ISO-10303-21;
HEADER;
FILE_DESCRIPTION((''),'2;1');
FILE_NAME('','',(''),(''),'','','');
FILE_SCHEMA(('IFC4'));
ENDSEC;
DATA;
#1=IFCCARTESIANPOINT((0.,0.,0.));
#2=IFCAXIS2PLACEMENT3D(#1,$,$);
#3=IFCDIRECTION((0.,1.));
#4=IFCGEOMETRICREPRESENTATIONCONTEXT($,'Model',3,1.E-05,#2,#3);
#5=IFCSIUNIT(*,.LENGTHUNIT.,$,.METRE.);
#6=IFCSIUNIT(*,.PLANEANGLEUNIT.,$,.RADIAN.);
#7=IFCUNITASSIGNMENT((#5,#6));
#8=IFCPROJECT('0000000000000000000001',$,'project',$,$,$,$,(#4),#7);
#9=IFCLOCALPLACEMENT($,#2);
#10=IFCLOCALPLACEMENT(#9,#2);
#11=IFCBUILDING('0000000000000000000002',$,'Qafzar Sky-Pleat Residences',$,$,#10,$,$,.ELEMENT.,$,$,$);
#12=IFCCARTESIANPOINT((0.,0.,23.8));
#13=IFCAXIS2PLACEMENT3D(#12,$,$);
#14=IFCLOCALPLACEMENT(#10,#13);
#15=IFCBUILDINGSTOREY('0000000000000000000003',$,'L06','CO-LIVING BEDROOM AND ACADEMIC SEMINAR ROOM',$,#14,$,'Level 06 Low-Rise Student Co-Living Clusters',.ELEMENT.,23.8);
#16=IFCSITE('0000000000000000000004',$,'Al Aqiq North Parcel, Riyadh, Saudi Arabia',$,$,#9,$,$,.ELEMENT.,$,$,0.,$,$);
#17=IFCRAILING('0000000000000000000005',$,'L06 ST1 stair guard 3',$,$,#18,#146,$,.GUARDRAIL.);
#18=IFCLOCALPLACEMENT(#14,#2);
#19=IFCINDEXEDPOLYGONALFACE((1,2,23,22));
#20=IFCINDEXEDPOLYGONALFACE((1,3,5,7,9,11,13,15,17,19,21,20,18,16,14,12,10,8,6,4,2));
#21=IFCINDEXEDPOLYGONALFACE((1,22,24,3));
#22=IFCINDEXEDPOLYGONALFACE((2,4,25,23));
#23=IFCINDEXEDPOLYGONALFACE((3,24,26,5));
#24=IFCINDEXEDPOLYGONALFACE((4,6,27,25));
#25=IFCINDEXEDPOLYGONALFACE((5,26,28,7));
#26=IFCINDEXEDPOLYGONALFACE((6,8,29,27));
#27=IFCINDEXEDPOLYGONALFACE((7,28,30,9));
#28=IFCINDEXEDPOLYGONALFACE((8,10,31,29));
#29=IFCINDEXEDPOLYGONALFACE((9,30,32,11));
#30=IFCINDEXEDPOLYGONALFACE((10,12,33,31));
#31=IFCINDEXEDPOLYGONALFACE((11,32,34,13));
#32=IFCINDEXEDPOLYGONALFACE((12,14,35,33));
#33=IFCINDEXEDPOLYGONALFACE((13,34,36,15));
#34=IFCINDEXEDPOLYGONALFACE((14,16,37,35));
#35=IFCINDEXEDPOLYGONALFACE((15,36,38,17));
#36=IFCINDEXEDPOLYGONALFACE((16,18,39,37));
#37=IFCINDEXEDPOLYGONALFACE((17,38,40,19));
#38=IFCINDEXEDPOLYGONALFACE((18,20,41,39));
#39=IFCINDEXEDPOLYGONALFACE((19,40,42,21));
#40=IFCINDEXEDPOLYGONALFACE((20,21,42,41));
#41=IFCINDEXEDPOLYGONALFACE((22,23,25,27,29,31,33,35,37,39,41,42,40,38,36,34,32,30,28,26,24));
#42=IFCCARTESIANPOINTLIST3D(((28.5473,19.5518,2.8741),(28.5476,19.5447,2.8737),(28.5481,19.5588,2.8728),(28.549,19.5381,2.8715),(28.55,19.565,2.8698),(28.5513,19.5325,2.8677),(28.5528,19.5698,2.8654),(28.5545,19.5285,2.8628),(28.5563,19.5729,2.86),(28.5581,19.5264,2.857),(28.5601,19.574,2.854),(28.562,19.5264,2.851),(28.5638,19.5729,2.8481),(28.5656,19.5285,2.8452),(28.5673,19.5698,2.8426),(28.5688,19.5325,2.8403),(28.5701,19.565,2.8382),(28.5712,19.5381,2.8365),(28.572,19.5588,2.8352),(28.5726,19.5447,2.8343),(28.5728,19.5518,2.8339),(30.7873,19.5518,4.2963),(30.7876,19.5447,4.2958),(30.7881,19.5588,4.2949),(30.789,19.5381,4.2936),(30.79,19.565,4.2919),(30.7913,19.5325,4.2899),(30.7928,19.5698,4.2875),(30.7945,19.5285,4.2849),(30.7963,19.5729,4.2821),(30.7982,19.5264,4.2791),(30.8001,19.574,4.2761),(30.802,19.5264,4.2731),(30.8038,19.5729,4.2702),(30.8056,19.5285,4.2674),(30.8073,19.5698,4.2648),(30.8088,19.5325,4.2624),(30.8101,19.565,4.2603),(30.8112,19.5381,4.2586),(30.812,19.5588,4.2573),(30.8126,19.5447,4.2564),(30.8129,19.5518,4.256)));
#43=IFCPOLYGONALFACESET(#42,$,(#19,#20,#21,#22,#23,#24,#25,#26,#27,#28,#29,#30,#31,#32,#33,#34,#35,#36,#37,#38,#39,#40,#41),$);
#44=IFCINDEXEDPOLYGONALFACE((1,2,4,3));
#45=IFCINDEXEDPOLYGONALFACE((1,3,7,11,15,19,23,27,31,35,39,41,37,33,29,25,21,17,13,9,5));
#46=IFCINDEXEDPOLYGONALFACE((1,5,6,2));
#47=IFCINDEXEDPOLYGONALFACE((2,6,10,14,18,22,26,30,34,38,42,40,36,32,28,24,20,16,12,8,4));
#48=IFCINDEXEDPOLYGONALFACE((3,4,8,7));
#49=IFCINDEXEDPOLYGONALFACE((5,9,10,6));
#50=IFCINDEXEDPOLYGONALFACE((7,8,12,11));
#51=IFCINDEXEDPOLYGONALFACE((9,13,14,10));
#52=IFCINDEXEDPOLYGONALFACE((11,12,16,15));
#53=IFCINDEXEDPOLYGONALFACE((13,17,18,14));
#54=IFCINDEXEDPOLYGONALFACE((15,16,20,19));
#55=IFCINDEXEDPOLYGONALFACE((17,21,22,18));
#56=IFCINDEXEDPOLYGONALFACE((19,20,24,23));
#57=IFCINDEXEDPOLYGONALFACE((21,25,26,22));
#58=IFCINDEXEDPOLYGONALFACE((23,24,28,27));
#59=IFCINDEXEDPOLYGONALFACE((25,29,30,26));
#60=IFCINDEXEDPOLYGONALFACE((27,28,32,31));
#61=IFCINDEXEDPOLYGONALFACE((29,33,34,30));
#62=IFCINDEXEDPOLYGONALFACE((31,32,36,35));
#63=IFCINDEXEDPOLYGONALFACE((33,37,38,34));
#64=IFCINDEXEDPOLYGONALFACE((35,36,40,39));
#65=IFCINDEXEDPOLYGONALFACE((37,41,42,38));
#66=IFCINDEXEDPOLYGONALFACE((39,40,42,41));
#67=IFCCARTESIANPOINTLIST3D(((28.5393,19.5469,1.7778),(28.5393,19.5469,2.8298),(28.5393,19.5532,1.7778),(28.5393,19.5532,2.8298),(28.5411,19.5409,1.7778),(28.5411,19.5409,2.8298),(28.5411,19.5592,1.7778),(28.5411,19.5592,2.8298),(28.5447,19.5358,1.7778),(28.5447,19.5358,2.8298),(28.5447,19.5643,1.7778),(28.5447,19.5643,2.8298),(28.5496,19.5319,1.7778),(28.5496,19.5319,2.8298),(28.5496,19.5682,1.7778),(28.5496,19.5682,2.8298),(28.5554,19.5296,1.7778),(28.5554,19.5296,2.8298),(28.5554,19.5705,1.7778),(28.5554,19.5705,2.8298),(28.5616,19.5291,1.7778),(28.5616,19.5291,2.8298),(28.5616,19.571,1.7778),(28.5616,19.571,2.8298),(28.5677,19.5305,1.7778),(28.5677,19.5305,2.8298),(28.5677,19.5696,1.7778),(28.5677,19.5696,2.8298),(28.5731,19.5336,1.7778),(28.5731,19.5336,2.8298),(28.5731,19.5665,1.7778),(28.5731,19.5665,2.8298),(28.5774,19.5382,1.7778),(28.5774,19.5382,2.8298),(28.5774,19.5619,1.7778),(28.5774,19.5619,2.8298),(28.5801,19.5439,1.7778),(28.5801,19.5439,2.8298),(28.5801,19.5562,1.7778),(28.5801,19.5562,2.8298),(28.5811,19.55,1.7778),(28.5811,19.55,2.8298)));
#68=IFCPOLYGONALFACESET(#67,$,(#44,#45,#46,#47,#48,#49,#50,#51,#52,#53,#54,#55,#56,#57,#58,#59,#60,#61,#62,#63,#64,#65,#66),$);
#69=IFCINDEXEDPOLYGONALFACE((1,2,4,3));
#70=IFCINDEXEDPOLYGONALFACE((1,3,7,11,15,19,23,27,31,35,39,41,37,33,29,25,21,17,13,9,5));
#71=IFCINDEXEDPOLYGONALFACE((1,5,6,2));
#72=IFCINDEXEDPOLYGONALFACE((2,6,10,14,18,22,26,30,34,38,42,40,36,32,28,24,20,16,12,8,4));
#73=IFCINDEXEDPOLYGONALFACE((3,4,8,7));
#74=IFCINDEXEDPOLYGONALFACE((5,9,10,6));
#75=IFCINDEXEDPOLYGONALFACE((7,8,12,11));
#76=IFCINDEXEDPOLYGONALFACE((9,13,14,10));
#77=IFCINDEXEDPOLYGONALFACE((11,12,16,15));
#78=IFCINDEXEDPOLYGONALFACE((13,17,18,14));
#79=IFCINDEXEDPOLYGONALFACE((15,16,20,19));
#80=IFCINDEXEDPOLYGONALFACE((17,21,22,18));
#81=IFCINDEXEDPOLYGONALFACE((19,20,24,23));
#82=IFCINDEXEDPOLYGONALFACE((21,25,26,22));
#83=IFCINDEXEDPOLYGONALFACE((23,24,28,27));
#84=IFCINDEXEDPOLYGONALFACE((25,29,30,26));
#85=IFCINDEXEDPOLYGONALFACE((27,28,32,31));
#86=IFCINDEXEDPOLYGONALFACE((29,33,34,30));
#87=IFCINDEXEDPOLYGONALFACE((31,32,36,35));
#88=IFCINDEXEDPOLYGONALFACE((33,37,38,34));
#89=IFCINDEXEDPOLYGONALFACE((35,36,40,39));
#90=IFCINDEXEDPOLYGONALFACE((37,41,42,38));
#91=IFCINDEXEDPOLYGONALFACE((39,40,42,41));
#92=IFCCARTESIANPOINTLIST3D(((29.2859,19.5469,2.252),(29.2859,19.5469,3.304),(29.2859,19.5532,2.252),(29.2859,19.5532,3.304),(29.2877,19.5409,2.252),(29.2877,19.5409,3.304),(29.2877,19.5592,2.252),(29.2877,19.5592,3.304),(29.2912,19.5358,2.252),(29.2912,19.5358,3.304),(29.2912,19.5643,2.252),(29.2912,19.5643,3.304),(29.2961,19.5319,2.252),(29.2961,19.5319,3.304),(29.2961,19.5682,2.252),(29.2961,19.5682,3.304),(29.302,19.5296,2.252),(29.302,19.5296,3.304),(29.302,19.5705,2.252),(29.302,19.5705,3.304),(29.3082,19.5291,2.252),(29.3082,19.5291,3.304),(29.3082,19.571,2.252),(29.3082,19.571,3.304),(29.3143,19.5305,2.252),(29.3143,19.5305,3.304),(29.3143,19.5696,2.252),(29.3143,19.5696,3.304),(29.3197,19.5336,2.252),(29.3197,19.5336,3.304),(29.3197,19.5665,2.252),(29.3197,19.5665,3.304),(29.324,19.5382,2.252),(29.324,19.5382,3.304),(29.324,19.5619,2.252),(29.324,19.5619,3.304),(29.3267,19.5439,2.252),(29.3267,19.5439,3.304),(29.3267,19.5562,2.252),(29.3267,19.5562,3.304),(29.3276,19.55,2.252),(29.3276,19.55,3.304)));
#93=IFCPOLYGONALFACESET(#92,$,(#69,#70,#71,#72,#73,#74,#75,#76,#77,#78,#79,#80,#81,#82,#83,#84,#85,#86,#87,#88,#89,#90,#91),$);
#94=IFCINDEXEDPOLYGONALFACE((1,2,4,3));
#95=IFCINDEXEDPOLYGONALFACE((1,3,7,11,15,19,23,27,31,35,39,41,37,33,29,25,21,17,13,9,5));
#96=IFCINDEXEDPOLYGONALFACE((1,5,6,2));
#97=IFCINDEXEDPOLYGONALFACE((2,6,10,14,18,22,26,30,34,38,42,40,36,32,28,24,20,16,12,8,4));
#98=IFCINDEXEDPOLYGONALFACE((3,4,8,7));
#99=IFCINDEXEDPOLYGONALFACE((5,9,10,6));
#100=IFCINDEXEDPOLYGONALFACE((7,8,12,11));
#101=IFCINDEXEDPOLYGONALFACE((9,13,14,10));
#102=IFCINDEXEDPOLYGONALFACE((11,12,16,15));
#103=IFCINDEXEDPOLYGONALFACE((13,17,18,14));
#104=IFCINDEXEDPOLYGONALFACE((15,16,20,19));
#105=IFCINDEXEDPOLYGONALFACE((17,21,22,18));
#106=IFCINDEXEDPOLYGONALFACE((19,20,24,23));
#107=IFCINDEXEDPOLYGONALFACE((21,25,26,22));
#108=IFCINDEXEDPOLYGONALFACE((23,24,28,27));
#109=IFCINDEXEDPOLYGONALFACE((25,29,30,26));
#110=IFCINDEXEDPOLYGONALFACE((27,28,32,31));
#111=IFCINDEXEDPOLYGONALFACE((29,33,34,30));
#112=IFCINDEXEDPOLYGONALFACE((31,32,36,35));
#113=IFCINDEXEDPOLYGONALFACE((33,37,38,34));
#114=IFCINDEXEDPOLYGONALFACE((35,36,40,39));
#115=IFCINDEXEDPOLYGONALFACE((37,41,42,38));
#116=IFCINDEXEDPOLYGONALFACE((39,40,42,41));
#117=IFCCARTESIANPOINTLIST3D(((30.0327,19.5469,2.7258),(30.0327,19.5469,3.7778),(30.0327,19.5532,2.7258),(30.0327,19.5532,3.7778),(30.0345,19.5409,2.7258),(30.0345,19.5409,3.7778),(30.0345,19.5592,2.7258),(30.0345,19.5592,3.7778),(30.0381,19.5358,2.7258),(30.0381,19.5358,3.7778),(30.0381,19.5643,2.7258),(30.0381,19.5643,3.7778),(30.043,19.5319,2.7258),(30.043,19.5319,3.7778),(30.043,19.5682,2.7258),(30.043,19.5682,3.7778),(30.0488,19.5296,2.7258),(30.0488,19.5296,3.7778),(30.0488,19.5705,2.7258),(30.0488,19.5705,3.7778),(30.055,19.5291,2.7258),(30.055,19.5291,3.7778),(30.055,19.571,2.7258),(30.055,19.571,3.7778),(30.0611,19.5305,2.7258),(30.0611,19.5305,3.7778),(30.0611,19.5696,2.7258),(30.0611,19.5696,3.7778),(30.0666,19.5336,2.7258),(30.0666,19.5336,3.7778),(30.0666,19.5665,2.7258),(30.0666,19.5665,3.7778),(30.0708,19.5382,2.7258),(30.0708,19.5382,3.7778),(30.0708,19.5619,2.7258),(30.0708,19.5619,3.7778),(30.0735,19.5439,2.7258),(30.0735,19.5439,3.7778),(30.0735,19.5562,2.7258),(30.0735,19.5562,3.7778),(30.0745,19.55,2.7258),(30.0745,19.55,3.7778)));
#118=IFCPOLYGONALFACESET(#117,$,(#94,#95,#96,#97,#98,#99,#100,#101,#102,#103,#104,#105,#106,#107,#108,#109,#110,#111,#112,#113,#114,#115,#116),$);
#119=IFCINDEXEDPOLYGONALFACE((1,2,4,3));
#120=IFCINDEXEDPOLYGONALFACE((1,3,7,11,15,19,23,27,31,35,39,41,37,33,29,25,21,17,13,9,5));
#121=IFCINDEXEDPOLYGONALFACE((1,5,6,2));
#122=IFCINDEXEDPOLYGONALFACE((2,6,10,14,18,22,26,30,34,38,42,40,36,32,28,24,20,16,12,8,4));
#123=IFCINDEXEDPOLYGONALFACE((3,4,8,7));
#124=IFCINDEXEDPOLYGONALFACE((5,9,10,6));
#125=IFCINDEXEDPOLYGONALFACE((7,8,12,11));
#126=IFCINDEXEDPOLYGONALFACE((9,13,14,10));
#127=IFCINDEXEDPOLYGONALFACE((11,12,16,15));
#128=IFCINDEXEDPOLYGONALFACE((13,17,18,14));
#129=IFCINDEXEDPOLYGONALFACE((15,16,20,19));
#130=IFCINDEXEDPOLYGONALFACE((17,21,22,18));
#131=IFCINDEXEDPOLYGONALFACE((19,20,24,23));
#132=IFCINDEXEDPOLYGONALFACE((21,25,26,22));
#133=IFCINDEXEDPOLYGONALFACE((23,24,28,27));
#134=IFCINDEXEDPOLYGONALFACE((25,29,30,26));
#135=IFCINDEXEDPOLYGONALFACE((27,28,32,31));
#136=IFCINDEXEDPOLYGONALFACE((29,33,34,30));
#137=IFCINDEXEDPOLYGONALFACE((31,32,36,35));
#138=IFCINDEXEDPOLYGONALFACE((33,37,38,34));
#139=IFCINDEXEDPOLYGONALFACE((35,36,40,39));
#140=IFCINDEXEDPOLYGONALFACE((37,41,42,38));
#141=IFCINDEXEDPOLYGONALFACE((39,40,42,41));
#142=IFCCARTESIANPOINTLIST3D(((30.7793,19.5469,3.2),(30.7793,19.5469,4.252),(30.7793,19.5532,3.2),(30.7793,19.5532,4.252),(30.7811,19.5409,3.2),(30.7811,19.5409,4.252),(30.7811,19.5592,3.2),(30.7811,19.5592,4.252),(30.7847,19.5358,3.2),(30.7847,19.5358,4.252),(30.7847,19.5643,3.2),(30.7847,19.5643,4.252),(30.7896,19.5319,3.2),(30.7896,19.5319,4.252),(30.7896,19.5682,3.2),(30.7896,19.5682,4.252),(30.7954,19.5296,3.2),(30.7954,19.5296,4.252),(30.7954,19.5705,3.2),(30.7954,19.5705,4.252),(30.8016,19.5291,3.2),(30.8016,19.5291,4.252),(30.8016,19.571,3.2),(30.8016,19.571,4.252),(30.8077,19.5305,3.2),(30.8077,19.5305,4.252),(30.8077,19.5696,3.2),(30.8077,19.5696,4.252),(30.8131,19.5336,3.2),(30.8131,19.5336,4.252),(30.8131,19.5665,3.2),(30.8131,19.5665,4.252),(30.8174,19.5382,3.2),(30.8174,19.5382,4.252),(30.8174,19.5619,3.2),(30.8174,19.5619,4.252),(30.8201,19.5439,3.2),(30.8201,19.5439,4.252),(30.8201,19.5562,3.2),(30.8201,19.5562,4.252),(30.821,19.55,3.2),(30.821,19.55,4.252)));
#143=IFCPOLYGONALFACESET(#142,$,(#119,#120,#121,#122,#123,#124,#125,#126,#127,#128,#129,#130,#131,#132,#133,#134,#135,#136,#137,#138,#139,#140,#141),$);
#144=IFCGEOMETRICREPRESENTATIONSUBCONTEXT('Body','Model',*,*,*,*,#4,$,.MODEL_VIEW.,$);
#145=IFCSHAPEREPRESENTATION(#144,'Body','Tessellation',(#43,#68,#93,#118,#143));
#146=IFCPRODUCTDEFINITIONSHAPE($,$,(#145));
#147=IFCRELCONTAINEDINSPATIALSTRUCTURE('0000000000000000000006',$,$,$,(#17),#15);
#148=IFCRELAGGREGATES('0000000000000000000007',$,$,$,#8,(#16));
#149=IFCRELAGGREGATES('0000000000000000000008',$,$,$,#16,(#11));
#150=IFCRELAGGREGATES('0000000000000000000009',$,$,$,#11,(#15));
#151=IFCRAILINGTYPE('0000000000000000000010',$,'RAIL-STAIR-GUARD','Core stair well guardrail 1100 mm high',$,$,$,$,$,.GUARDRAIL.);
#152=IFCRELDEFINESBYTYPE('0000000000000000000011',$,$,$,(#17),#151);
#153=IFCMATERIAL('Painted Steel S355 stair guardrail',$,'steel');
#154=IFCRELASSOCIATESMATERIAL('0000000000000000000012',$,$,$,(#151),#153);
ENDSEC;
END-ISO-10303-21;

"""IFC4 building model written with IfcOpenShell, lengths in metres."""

from ifc_helpers import new_model, si_unit, direction, frame, origin, origin_2d, place, context, subcontext, project, spatial, circle, extrude, source, transform, mapped, material, type_object, element, save


model = new_model("IFC4")

# Units and contexts
model_context = context("Model", 3, precision=1e-05, world=origin(), true_north=direction((0.0, 1.0)))
body_context = subcontext(model_context, "Body", "Model", "MODEL_VIEW")
ifc_project = project(units=[si_unit("LENGTHUNIT", "METRE"), si_unit("PLANEANGLEUNIT", "RADIAN")], contexts=[model_context])

# Site, building, storey
site_placement = place(None, origin())
site = spatial("IfcSite", under=ifc_project, at=site_placement, Name="Al Aqiq North Parcel, Riyadh, Saudi Arabia", CompositionType="ELEMENT", RefElevation=0.0)
building_placement = place(site_placement, origin())
building = spatial("IfcBuilding", under=site, at=building_placement, Name="Qafzar Sky-Pleat Residences", CompositionType="ELEMENT")
storey_placement = place(building_placement, frame((0.0, 0.0, 23.8)))
storey = spatial("IfcBuildingStorey", under=building, at=storey_placement, Name="L06", Description="CO-LIVING BEDROOM AND ACADEMIC SEMINAR ROOM", LongName="Level 06 Low-Rise Student Co-Living Clusters", CompositionType="ELEMENT", Elevation=23.8)

# Railing
ifc_material_1 = material(Name="Painted Steel S355 stair guardrail", Category="steel")
railing_type_1 = type_object("IfcRailingType", Name="RAIL-STAIR-GUARD", Description="Core stair well guardrail 1100 mm high", PredefinedType="GUARDRAIL", material=ifc_material_1)
shared_shape_1 = source(origin(), body_context, "Body", "SweptSolid", [
    extrude(circle(Radius=0.0239, at=origin_2d()), frame((0.0, 0.0, 1.0762), z_axis=(0.844229, 0.0, 0.535982), x_axis=(0.0, 1.0, 0.0)), (0.0, 0.0, 1.0), 2.6533),
    extrude(circle(Radius=0.021, at=origin_2d()), origin(), (0.0, 0.0, 1.0), 1.052),
    extrude(circle(Radius=0.021, at=origin_2d()), frame((0.7466, 0.0, 0.4741)), (0.0, 0.0, 1.0), 1.052),
    extrude(circle(Radius=0.021, at=origin_2d()), frame((1.4934, 0.0, 0.948)), (0.0, 0.0, 1.0), 1.052),
    extrude(circle(Radius=0.021, at=origin_2d()), frame((2.24, 0.0, 1.4221)), (0.0, 0.0, 1.0), 1.052),
])
railing_1_placement = place(storey_placement, frame((28.5601, 19.55, 1.7778)))
element("IfcRailing", 1, at=railing_1_placement, inside=storey, type_object=railing_type_1, Name="L06 ST1 stair guard 3", PredefinedType="GUARDRAIL", context=body_context, shape_type="MappedRepresentation", body=[
    mapped(shared_shape_1, transform((0.0, 0.0, 0.0), x_axis=(1.0, 0.0, 0.0), y_axis=(0.0, 1.0, 0.0), z_axis=(0.0, 0.0, 1.0), scale=1.0)),
])

save(model, "model.ifc")
